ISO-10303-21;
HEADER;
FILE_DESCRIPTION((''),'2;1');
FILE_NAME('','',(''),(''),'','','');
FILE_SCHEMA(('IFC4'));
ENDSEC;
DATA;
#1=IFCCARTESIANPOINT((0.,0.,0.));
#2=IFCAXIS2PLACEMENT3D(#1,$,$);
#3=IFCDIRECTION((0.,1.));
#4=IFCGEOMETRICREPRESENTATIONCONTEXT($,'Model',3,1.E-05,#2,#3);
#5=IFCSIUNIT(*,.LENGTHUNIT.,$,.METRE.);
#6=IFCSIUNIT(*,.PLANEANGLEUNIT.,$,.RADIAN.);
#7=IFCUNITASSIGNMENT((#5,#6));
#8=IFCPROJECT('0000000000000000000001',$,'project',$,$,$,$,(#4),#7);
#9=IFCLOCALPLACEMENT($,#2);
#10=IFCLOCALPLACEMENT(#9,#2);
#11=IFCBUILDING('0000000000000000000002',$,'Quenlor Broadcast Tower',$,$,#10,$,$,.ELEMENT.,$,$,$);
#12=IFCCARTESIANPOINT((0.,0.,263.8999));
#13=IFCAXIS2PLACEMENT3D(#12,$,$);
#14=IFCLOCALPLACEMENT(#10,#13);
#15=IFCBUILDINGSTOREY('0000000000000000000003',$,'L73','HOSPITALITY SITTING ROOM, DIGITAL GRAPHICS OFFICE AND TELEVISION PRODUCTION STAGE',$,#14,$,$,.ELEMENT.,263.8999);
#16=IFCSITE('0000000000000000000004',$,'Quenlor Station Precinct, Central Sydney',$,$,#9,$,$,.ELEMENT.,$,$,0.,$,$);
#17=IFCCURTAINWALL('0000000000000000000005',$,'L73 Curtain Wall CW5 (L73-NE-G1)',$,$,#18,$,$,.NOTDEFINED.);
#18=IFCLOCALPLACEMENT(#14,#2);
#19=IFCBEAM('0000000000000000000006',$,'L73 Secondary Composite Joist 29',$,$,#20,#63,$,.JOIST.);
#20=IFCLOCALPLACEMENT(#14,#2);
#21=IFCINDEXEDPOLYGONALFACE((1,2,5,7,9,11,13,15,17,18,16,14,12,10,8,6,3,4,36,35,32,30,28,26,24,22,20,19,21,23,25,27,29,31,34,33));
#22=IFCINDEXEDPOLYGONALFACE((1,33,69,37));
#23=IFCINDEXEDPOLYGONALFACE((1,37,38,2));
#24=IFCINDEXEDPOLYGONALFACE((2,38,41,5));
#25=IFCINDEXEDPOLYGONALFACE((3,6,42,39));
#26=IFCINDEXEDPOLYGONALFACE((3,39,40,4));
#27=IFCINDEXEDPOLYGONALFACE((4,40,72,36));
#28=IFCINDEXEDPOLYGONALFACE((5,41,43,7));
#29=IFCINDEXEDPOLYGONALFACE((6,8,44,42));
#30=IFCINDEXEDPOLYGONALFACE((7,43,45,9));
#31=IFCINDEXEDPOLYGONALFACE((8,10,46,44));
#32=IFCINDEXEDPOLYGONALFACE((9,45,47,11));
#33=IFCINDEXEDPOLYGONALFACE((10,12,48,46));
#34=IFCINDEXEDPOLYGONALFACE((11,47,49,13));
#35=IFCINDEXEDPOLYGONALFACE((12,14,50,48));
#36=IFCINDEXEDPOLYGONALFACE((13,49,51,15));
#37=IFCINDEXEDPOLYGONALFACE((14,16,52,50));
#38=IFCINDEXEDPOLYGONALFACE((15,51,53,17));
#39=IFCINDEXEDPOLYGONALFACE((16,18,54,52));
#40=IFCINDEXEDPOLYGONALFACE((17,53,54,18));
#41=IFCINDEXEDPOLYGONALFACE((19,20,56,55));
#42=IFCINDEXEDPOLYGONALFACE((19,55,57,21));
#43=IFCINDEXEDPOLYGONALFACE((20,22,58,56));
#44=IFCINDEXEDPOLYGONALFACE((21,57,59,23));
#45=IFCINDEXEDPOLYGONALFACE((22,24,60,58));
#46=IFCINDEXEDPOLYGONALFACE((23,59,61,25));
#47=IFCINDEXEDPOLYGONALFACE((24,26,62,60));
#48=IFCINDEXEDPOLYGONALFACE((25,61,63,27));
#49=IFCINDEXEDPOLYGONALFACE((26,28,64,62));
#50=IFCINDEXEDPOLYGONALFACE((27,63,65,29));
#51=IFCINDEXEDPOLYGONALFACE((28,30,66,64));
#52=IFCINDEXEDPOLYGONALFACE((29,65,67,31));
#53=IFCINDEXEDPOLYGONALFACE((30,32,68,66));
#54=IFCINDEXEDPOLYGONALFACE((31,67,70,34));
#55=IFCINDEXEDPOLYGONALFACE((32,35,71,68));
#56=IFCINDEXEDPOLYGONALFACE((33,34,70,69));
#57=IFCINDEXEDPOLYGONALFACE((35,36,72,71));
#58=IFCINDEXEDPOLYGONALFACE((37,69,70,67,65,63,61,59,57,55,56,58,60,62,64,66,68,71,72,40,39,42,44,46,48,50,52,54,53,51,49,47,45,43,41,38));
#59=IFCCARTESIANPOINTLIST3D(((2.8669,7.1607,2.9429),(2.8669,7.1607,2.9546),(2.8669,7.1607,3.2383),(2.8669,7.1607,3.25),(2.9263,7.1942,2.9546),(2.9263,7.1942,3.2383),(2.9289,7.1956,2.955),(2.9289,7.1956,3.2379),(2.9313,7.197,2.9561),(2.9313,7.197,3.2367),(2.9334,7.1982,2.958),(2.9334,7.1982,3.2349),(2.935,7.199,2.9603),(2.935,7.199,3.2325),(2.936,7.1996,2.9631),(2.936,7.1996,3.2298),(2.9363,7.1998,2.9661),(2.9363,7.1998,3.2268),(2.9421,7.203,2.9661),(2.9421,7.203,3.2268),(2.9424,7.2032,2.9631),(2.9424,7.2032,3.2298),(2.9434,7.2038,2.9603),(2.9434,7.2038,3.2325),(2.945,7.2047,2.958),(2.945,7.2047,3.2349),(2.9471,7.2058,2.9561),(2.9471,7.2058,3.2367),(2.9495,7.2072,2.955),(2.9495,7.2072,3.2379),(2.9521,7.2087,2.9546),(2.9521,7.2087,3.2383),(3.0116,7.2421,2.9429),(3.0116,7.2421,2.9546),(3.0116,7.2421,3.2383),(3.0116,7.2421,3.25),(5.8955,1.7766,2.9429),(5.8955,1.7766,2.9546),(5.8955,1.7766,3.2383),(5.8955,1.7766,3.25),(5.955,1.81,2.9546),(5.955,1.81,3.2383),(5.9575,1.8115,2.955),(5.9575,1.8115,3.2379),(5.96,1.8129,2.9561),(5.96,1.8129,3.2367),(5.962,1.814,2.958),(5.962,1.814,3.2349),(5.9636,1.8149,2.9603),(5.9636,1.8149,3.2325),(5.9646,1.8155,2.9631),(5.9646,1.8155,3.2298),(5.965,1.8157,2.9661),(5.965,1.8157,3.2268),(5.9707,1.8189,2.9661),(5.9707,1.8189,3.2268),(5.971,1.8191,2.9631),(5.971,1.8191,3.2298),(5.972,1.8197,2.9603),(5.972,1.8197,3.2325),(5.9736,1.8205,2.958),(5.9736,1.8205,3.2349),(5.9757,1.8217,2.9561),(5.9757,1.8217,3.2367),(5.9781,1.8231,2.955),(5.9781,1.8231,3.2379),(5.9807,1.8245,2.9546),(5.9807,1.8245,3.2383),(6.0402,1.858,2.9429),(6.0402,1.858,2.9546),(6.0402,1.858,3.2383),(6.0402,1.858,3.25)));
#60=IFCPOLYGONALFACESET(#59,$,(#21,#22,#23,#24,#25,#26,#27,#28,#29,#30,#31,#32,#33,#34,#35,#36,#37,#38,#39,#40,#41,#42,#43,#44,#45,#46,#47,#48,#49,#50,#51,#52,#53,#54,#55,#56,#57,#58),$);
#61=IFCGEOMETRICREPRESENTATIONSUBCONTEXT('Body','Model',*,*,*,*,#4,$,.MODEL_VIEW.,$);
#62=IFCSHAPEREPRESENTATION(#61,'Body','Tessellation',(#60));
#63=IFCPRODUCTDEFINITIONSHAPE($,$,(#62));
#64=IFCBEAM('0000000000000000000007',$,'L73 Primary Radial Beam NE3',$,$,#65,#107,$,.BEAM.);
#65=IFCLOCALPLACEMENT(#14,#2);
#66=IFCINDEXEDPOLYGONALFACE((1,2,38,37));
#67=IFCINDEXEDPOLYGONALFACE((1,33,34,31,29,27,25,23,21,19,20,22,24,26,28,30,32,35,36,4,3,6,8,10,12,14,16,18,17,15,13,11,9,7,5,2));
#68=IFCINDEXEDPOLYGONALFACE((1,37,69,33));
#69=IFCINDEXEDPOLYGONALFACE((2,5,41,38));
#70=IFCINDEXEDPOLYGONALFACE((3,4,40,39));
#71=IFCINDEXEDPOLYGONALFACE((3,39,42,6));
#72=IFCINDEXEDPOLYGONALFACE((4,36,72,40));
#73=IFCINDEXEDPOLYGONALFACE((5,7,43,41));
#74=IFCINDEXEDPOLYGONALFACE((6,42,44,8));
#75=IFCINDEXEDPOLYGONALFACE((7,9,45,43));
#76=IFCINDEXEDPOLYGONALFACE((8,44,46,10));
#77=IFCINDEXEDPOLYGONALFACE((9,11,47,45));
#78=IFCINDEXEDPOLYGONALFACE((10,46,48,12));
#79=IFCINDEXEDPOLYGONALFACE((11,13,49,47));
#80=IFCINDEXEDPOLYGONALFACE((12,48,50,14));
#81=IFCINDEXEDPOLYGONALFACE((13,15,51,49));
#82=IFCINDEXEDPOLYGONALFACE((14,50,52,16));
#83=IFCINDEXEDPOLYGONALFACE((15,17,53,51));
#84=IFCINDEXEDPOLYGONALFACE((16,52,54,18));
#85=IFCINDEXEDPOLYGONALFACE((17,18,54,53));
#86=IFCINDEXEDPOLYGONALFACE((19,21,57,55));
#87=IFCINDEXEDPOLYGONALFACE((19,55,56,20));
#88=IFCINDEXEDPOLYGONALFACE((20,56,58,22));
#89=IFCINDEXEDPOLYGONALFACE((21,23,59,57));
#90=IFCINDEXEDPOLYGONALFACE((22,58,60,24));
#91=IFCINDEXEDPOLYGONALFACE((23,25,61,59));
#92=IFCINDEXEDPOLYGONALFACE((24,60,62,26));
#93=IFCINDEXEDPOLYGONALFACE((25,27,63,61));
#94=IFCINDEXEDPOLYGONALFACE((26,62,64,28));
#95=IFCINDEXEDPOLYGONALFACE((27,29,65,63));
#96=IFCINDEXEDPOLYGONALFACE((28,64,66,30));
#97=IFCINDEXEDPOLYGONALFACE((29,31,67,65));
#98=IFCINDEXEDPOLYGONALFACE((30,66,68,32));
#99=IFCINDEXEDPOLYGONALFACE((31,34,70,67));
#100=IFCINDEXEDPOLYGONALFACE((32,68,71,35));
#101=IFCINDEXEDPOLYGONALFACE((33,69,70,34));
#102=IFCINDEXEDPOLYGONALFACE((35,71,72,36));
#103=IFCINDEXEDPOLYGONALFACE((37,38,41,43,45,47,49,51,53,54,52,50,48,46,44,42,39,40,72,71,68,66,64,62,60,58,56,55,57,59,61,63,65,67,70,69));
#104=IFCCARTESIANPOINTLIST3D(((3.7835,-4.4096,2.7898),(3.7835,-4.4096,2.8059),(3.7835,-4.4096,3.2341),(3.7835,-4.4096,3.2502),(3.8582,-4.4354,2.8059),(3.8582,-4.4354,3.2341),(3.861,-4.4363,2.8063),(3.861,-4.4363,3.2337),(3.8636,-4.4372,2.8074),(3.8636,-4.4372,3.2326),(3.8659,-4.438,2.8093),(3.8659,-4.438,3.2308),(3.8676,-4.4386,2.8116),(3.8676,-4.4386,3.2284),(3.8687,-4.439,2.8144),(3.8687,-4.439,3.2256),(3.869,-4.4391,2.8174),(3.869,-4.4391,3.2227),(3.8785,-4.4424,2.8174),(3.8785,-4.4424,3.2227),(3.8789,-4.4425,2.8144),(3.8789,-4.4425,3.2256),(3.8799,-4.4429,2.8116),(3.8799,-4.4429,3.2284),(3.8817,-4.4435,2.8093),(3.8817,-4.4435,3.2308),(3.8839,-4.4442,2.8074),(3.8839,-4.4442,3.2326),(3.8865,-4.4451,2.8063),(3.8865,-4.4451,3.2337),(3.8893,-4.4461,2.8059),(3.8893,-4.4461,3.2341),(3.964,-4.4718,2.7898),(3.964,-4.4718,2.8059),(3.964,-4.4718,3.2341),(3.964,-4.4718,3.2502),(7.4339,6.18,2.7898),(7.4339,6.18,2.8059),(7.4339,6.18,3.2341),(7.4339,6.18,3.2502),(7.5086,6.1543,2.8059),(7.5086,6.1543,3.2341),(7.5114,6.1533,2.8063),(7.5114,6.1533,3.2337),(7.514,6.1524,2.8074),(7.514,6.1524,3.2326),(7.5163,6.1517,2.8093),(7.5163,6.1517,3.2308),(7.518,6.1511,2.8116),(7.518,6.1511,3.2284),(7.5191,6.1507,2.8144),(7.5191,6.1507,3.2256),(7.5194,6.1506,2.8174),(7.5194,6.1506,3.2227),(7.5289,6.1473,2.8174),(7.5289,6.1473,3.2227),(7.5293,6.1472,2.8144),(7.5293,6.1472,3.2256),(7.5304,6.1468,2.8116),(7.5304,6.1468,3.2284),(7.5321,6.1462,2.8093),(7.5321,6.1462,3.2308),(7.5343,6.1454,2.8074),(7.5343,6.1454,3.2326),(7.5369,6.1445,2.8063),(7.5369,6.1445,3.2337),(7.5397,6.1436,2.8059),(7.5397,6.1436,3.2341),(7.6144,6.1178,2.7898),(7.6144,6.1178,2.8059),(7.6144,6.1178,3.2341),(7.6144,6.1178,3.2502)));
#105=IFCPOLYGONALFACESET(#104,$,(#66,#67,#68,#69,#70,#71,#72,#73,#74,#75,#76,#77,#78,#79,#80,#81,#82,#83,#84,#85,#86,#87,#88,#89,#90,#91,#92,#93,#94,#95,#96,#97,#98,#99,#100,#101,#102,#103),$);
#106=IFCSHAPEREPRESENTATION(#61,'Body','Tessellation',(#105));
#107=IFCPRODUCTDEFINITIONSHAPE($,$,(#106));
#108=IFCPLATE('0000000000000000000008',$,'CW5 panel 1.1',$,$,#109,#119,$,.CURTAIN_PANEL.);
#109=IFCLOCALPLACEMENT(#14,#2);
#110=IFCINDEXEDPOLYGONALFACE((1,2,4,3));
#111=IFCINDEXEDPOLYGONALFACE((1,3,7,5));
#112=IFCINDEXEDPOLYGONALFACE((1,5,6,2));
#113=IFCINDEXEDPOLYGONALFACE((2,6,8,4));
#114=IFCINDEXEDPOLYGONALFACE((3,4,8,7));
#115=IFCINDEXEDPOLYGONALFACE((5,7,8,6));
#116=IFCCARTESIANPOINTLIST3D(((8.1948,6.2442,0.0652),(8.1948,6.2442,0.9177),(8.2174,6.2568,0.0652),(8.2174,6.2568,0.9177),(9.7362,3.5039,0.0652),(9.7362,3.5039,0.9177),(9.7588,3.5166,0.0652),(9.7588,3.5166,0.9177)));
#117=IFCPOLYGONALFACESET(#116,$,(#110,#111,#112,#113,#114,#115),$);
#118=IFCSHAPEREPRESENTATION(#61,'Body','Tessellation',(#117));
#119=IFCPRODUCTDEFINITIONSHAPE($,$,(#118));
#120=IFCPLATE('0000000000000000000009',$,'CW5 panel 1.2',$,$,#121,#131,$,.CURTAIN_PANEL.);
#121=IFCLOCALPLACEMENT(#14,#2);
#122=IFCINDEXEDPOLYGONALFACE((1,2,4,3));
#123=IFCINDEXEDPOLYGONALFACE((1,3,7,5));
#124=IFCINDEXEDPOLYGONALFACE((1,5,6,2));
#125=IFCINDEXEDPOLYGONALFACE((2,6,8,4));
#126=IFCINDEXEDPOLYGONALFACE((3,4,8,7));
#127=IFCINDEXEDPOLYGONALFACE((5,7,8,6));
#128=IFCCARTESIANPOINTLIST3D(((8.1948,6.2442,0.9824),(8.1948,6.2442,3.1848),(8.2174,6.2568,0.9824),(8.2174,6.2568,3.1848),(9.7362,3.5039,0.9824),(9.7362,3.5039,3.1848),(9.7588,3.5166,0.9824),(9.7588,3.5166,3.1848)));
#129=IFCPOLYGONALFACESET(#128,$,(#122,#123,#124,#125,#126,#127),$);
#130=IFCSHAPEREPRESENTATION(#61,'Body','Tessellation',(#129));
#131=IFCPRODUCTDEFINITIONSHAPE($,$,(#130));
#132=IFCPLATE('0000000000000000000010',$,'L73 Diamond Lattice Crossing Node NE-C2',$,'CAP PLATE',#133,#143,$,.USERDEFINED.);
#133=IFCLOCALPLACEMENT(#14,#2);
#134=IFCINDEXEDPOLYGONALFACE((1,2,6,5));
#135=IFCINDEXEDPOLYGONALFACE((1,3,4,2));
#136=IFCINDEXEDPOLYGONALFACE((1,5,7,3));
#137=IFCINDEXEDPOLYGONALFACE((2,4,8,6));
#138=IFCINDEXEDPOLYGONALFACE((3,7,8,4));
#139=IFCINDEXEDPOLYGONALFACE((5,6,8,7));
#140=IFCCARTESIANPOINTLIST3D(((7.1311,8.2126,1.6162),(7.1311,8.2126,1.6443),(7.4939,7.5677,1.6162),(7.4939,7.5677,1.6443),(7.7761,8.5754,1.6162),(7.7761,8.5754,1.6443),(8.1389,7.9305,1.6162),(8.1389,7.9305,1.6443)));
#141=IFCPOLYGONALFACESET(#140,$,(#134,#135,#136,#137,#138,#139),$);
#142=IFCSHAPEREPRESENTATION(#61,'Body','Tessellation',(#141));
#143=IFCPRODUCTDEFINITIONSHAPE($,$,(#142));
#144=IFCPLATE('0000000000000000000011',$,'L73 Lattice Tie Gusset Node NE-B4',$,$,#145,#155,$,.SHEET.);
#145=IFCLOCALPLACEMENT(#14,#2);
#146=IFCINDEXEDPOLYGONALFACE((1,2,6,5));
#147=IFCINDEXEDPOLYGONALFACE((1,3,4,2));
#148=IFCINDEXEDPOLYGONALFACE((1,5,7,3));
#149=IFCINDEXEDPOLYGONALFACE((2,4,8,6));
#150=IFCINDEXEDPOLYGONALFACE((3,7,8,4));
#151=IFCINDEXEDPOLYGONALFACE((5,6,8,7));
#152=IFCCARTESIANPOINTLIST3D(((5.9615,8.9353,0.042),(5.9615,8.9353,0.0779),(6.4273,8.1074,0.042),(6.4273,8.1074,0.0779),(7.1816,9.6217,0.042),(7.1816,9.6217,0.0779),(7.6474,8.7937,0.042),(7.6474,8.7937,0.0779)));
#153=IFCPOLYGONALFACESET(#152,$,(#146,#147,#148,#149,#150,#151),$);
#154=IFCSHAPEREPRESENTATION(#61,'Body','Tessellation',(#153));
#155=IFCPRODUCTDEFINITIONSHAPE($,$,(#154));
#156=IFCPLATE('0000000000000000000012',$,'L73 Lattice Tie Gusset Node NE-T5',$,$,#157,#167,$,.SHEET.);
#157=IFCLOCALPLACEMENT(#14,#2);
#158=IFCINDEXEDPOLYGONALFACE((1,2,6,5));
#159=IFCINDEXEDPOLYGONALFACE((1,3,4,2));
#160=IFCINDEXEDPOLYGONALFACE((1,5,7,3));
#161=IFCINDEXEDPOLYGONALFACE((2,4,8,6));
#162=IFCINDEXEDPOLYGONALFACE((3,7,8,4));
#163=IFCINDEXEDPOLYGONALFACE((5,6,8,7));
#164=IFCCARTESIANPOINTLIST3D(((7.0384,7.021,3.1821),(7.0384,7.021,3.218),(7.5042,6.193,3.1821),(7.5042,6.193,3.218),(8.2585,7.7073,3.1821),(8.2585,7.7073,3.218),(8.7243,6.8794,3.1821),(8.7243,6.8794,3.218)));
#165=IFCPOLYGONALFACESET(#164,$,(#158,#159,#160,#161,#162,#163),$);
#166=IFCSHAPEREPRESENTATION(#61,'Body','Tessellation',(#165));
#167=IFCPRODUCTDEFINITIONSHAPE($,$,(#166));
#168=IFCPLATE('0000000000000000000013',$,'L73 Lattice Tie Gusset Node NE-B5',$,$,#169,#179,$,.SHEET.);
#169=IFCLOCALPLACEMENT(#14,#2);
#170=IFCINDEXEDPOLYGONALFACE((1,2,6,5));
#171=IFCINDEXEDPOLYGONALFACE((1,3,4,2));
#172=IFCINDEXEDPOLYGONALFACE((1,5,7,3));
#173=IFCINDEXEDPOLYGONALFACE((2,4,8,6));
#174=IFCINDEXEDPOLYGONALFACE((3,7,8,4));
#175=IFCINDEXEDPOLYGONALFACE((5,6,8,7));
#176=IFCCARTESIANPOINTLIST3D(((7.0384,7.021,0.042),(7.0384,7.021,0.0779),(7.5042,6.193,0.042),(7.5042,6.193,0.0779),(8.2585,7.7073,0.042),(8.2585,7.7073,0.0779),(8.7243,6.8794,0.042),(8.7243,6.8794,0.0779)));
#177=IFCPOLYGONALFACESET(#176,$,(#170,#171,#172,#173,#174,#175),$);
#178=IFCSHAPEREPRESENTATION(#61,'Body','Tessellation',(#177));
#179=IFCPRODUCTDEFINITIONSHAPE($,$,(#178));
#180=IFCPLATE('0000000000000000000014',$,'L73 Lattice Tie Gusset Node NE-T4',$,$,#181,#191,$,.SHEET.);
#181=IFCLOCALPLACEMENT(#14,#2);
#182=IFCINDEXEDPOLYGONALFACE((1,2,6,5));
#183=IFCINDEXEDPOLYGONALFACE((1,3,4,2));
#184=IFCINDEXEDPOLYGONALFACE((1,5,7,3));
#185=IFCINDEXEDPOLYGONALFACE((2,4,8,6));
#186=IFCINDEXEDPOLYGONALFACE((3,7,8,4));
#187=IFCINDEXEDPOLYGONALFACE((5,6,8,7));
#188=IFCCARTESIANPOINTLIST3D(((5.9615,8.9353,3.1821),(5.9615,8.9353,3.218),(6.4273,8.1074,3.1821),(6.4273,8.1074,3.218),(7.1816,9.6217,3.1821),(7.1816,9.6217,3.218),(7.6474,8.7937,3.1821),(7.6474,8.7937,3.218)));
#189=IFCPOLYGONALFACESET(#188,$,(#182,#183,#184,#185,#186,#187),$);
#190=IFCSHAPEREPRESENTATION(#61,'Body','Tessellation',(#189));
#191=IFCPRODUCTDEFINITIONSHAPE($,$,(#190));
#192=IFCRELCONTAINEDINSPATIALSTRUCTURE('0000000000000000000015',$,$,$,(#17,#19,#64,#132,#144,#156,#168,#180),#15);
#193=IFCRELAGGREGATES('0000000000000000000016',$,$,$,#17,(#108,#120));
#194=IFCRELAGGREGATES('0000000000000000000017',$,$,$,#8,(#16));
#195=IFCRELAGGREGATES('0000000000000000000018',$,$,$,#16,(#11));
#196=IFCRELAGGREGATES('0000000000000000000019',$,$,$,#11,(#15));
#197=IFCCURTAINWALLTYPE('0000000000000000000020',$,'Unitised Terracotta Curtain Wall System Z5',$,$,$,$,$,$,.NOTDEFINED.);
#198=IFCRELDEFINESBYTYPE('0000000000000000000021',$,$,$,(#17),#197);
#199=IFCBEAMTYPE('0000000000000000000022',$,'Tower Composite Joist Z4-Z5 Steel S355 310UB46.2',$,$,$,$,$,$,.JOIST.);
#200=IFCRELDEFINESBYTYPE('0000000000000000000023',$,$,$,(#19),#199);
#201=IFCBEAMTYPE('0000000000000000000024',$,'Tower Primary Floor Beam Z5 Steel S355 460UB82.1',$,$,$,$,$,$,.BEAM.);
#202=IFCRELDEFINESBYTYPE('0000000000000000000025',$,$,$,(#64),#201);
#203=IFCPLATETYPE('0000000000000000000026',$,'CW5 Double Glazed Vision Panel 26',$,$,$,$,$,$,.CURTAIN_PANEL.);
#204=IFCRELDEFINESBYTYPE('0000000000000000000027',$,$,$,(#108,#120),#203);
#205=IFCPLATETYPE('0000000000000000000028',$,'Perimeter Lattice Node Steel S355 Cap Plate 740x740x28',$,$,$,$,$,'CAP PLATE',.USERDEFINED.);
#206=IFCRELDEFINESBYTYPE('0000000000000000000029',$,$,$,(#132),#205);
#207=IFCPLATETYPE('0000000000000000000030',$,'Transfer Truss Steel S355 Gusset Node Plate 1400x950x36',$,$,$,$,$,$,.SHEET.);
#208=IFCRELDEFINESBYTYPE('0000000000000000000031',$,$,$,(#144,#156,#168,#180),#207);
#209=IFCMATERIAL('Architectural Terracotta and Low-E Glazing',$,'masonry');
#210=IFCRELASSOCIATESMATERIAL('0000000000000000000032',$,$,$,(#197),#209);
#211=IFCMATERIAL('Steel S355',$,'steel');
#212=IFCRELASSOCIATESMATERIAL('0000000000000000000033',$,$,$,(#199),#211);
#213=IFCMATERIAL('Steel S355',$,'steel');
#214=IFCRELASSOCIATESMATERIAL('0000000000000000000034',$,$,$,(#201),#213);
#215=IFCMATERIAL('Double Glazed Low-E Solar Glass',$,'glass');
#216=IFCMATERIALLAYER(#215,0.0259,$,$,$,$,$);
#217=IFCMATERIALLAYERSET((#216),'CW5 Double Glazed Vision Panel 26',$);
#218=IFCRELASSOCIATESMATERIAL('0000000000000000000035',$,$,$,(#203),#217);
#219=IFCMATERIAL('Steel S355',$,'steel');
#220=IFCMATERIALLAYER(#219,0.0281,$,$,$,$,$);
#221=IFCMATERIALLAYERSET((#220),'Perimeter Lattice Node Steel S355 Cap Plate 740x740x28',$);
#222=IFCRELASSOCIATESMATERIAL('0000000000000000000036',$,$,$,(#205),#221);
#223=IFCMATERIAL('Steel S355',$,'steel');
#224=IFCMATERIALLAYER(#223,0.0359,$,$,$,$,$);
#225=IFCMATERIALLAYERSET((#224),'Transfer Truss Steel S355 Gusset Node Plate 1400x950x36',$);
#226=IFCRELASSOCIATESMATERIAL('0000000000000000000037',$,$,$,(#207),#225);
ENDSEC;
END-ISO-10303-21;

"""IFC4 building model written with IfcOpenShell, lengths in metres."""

from ifc_helpers import new_model, si_unit, direction, frame, origin, origin_2d, place, context, subcontext, project, spatial, rectangle, i_section, extrude, material, layer, layer_set, material_profile, profile_set, type_object, element, aggregate, save


model = new_model("IFC4")

# Units and contexts
model_context = context("Model", 3, precision=1e-05, world=origin(), true_north=direction((0.0, 1.0)))
body_context = subcontext(model_context, "Body", "Model", "MODEL_VIEW")
ifc_project = project(units=[si_unit("LENGTHUNIT", "METRE"), si_unit("PLANEANGLEUNIT", "RADIAN")], contexts=[model_context])

# Site, building, storey
site_placement = place(None, origin())
site = spatial("IfcSite", under=ifc_project, at=site_placement, Name="Quenlor Station Precinct, Central Sydney", CompositionType="ELEMENT", RefElevation=0.0)
building_placement = place(site_placement, origin())
building = spatial("IfcBuilding", under=site, at=building_placement, Name="Quenlor Broadcast Tower", CompositionType="ELEMENT")
storey_placement = place(building_placement, frame((0.0, 0.0, 263.8999)))
storey = spatial("IfcBuildingStorey", under=building, at=storey_placement, Name="L73", Description="HOSPITALITY SITTING ROOM, DIGITAL GRAPHICS OFFICE AND TELEVISION PRODUCTION STAGE", CompositionType="ELEMENT", Elevation=263.8999)

# Shared definitions
ifc_material_1 = material(Name="Architectural Terracotta and Low-E Glazing", Category="masonry")
curtain_wall_type = type_object("IfcCurtainWallType", Name="Unitised Terracotta Curtain Wall System Z5", PredefinedType="NOTDEFINED", material=ifc_material_1)

# Curtain wall
curtain_wall_1_placement = place(storey_placement, origin())
curtain_wall_1 = element("IfcCurtainWall", 1, at=curtain_wall_1_placement, inside=storey, type_object=curtain_wall_type, Name="L73 Curtain Wall CW5 (L73-NE-G1)", PredefinedType="NOTDEFINED")

# Beams
ifc_material_2 = material(Name="Steel S355", Category="steel")
ifc_material_profile_1 = material_profile(ifc_material_2, i_section(OverallWidth=0.166, OverallDepth=0.3071, WebThickness=0.0066, FlangeThickness=0.0117, FilletRadius=0.0115, at=origin_2d()))
ifc_profile_set_1 = profile_set([ifc_material_profile_1], Name="Steel S355 310UB46.2")
beam_type_1 = type_object("IfcBeamType", Name="Tower Composite Joist Z4-Z5 Steel S355 310UB46.2", PredefinedType="JOIST", material=ifc_profile_set_1)
beam_1_placement = place(storey_placement, frame((2.9392, 7.2014, 3.0964), z_axis=(0.490267, -0.871572, 0.0), x_axis=(0.871572, 0.490267, 0.0)))
element("IfcBeam", 2, at=beam_1_placement, inside=storey, type_object=beam_type_1, Name="L73 Secondary Composite Joist 29", PredefinedType="JOIST", context=body_context, shape_type="SweptSolid", body=[
    extrude(i_section(OverallWidth=0.166, OverallDepth=0.3071, WebThickness=0.0066, FlangeThickness=0.0117, FilletRadius=0.0115, at=origin_2d()), origin(), (0.0, 0.0, 1.0), 6.1775),
])
ifc_material_3 = material(Name="Steel S355", Category="steel")
ifc_material_profile_2 = material_profile(ifc_material_3, i_section(OverallWidth=0.1909, OverallDepth=0.4604, WebThickness=0.01, FlangeThickness=0.0161, FilletRadius=0.0115, at=origin_2d()))
ifc_profile_set_2 = profile_set([ifc_material_profile_2], Name="Steel S355 460UB82.1")
beam_type_2 = type_object("IfcBeamType", Name="Tower Primary Floor Beam Z5 Steel S355 460UB82.1", PredefinedType="BEAM", material=ifc_profile_set_2)
beam_2_placement = place(storey_placement, frame((7.5242, 6.1489, 3.02), z_axis=(-0.325895, -0.945406, 0.0), x_axis=(0.945406, -0.325895, 0.0)))
element("IfcBeam", 3, at=beam_2_placement, inside=storey, type_object=beam_type_2, Name="L73 Primary Radial Beam NE3", PredefinedType="BEAM", context=body_context, shape_type="SweptSolid", body=[
    extrude(i_section(OverallWidth=0.1909, OverallDepth=0.4604, WebThickness=0.01, FlangeThickness=0.0161, FilletRadius=0.0115, at=origin_2d()), origin(), (0.0, 0.0, 1.0), 11.2012),
])

# Plates
ifc_material_4 = material(Name="Double Glazed Low-E Solar Glass", Category="glass")
ifc_layer_1 = layer(ifc_material_4, 0.0259)
ifc_layer_set_1 = layer_set([ifc_layer_1], Name="CW5 Double Glazed Vision Panel 26")
plate_type_1 = type_object("IfcPlateType", Name="CW5 Double Glazed Vision Panel 26", PredefinedType="CURTAIN_PANEL", material=ifc_layer_set_1)
plate_1_placement = place(storey_placement, frame((8.9768, 4.8804, 0.0652), z_axis=(0.0, 0.0, 1.0), x_axis=(0.490263, -0.871575, 0.0)))
plate_1 = element("IfcPlate", 4, at=plate_1_placement, type_object=plate_type_1, Name="CW5 panel 1.1", PredefinedType="CURTAIN_PANEL", context=body_context, shape_type="SweptSolid", body=[
    extrude(rectangle(XDim=3.144, YDim=0.0259, at=origin_2d()), origin(), (0.0, 0.0, 1.0), 0.8525),
])
plate_2_placement = place(storey_placement, frame((8.9768, 4.8804, 0.9824), z_axis=(0.0, 0.0, 1.0), x_axis=(0.490263, -0.871575, 0.0)))
plate_2 = element("IfcPlate", 5, at=plate_2_placement, type_object=plate_type_1, Name="CW5 panel 1.2", PredefinedType="CURTAIN_PANEL", context=body_context, shape_type="SweptSolid", body=[
    extrude(rectangle(XDim=3.144, YDim=0.0259, at=origin_2d()), origin(), (0.0, 0.0, 1.0), 2.2024),
])
aggregate(curtain_wall_1, [plate_1, plate_2])

# Plates
ifc_material_5 = material(Name="Steel S355", Category="steel")
ifc_layer_2 = layer(ifc_material_5, 0.0281)
ifc_layer_set_2 = layer_set([ifc_layer_2], Name="Perimeter Lattice Node Steel S355 Cap Plate 740x740x28")
plate_type_2 = type_object("IfcPlateType", Name="Perimeter Lattice Node Steel S355 Cap Plate 740x740x28", ElementType="CAP PLATE", PredefinedType="USERDEFINED", material=ifc_layer_set_2)
plate_3_placement = place(storey_placement, frame((7.635, 8.0715, 1.6162), z_axis=(0.0, 0.0, 1.0), x_axis=(0.490295, -0.871556, 0.0)))
element("IfcPlate", 6, at=plate_3_placement, inside=storey, type_object=plate_type_2, Name="L73 Diamond Lattice Crossing Node NE-C2", ObjectType="CAP PLATE", PredefinedType="USERDEFINED", context=body_context, shape_type="SweptSolid", body=[
    extrude(rectangle(XDim=0.74, YDim=0.74, at=origin_2d()), origin(), (0.0, 0.0, 1.0), 0.0281),
])
ifc_material_6 = material(Name="Steel S355", Category="steel")
ifc_layer_3 = layer(ifc_material_6, 0.0359)
ifc_layer_set_3 = layer_set([ifc_layer_3], Name="Transfer Truss Steel S355 Gusset Node Plate 1400x950x36")
plate_type_3 = type_object("IfcPlateType", Name="Transfer Truss Steel S355 Gusset Node Plate 1400x950x36", PredefinedType="SHEET", material=ifc_layer_set_3)
for number, where, z_axis, x_axis, name in (
    (7, (6.8044, 8.8645, 0.042), (0.0, 0.0, 1.0), (0.871556, 0.490295, 0.0), "L73 Lattice Tie Gusset Node NE-B4"),
    (8, (7.8813, 6.9502, 3.1821), (0.0, 0.0, 1.0), (0.871556, 0.490295, 0.0), "L73 Lattice Tie Gusset Node NE-T5"),
    (9, (7.8813, 6.9502, 0.042), (0.0, 0.0, 1.0), (0.871556, 0.490295, 0.0), "L73 Lattice Tie Gusset Node NE-B5"),
    (10, (6.8044, 8.8645, 3.1821), (0.0, 0.0, 1.0), (0.871556, 0.490295, 0.0), "L73 Lattice Tie Gusset Node NE-T4"),
):
    element("IfcPlate", number, at=place(storey_placement, frame(where, z_axis=z_axis, x_axis=x_axis)), inside=storey, type_object=plate_type_3, Name=name, PredefinedType="SHEET", context=body_context, shape_type="SweptSolid", body=[
        extrude(rectangle(XDim=1.3999, YDim=0.95, at=origin_2d()), origin(), (0.0, 0.0, 1.0), 0.0359),
    ])

save(model, "model.ifc")
